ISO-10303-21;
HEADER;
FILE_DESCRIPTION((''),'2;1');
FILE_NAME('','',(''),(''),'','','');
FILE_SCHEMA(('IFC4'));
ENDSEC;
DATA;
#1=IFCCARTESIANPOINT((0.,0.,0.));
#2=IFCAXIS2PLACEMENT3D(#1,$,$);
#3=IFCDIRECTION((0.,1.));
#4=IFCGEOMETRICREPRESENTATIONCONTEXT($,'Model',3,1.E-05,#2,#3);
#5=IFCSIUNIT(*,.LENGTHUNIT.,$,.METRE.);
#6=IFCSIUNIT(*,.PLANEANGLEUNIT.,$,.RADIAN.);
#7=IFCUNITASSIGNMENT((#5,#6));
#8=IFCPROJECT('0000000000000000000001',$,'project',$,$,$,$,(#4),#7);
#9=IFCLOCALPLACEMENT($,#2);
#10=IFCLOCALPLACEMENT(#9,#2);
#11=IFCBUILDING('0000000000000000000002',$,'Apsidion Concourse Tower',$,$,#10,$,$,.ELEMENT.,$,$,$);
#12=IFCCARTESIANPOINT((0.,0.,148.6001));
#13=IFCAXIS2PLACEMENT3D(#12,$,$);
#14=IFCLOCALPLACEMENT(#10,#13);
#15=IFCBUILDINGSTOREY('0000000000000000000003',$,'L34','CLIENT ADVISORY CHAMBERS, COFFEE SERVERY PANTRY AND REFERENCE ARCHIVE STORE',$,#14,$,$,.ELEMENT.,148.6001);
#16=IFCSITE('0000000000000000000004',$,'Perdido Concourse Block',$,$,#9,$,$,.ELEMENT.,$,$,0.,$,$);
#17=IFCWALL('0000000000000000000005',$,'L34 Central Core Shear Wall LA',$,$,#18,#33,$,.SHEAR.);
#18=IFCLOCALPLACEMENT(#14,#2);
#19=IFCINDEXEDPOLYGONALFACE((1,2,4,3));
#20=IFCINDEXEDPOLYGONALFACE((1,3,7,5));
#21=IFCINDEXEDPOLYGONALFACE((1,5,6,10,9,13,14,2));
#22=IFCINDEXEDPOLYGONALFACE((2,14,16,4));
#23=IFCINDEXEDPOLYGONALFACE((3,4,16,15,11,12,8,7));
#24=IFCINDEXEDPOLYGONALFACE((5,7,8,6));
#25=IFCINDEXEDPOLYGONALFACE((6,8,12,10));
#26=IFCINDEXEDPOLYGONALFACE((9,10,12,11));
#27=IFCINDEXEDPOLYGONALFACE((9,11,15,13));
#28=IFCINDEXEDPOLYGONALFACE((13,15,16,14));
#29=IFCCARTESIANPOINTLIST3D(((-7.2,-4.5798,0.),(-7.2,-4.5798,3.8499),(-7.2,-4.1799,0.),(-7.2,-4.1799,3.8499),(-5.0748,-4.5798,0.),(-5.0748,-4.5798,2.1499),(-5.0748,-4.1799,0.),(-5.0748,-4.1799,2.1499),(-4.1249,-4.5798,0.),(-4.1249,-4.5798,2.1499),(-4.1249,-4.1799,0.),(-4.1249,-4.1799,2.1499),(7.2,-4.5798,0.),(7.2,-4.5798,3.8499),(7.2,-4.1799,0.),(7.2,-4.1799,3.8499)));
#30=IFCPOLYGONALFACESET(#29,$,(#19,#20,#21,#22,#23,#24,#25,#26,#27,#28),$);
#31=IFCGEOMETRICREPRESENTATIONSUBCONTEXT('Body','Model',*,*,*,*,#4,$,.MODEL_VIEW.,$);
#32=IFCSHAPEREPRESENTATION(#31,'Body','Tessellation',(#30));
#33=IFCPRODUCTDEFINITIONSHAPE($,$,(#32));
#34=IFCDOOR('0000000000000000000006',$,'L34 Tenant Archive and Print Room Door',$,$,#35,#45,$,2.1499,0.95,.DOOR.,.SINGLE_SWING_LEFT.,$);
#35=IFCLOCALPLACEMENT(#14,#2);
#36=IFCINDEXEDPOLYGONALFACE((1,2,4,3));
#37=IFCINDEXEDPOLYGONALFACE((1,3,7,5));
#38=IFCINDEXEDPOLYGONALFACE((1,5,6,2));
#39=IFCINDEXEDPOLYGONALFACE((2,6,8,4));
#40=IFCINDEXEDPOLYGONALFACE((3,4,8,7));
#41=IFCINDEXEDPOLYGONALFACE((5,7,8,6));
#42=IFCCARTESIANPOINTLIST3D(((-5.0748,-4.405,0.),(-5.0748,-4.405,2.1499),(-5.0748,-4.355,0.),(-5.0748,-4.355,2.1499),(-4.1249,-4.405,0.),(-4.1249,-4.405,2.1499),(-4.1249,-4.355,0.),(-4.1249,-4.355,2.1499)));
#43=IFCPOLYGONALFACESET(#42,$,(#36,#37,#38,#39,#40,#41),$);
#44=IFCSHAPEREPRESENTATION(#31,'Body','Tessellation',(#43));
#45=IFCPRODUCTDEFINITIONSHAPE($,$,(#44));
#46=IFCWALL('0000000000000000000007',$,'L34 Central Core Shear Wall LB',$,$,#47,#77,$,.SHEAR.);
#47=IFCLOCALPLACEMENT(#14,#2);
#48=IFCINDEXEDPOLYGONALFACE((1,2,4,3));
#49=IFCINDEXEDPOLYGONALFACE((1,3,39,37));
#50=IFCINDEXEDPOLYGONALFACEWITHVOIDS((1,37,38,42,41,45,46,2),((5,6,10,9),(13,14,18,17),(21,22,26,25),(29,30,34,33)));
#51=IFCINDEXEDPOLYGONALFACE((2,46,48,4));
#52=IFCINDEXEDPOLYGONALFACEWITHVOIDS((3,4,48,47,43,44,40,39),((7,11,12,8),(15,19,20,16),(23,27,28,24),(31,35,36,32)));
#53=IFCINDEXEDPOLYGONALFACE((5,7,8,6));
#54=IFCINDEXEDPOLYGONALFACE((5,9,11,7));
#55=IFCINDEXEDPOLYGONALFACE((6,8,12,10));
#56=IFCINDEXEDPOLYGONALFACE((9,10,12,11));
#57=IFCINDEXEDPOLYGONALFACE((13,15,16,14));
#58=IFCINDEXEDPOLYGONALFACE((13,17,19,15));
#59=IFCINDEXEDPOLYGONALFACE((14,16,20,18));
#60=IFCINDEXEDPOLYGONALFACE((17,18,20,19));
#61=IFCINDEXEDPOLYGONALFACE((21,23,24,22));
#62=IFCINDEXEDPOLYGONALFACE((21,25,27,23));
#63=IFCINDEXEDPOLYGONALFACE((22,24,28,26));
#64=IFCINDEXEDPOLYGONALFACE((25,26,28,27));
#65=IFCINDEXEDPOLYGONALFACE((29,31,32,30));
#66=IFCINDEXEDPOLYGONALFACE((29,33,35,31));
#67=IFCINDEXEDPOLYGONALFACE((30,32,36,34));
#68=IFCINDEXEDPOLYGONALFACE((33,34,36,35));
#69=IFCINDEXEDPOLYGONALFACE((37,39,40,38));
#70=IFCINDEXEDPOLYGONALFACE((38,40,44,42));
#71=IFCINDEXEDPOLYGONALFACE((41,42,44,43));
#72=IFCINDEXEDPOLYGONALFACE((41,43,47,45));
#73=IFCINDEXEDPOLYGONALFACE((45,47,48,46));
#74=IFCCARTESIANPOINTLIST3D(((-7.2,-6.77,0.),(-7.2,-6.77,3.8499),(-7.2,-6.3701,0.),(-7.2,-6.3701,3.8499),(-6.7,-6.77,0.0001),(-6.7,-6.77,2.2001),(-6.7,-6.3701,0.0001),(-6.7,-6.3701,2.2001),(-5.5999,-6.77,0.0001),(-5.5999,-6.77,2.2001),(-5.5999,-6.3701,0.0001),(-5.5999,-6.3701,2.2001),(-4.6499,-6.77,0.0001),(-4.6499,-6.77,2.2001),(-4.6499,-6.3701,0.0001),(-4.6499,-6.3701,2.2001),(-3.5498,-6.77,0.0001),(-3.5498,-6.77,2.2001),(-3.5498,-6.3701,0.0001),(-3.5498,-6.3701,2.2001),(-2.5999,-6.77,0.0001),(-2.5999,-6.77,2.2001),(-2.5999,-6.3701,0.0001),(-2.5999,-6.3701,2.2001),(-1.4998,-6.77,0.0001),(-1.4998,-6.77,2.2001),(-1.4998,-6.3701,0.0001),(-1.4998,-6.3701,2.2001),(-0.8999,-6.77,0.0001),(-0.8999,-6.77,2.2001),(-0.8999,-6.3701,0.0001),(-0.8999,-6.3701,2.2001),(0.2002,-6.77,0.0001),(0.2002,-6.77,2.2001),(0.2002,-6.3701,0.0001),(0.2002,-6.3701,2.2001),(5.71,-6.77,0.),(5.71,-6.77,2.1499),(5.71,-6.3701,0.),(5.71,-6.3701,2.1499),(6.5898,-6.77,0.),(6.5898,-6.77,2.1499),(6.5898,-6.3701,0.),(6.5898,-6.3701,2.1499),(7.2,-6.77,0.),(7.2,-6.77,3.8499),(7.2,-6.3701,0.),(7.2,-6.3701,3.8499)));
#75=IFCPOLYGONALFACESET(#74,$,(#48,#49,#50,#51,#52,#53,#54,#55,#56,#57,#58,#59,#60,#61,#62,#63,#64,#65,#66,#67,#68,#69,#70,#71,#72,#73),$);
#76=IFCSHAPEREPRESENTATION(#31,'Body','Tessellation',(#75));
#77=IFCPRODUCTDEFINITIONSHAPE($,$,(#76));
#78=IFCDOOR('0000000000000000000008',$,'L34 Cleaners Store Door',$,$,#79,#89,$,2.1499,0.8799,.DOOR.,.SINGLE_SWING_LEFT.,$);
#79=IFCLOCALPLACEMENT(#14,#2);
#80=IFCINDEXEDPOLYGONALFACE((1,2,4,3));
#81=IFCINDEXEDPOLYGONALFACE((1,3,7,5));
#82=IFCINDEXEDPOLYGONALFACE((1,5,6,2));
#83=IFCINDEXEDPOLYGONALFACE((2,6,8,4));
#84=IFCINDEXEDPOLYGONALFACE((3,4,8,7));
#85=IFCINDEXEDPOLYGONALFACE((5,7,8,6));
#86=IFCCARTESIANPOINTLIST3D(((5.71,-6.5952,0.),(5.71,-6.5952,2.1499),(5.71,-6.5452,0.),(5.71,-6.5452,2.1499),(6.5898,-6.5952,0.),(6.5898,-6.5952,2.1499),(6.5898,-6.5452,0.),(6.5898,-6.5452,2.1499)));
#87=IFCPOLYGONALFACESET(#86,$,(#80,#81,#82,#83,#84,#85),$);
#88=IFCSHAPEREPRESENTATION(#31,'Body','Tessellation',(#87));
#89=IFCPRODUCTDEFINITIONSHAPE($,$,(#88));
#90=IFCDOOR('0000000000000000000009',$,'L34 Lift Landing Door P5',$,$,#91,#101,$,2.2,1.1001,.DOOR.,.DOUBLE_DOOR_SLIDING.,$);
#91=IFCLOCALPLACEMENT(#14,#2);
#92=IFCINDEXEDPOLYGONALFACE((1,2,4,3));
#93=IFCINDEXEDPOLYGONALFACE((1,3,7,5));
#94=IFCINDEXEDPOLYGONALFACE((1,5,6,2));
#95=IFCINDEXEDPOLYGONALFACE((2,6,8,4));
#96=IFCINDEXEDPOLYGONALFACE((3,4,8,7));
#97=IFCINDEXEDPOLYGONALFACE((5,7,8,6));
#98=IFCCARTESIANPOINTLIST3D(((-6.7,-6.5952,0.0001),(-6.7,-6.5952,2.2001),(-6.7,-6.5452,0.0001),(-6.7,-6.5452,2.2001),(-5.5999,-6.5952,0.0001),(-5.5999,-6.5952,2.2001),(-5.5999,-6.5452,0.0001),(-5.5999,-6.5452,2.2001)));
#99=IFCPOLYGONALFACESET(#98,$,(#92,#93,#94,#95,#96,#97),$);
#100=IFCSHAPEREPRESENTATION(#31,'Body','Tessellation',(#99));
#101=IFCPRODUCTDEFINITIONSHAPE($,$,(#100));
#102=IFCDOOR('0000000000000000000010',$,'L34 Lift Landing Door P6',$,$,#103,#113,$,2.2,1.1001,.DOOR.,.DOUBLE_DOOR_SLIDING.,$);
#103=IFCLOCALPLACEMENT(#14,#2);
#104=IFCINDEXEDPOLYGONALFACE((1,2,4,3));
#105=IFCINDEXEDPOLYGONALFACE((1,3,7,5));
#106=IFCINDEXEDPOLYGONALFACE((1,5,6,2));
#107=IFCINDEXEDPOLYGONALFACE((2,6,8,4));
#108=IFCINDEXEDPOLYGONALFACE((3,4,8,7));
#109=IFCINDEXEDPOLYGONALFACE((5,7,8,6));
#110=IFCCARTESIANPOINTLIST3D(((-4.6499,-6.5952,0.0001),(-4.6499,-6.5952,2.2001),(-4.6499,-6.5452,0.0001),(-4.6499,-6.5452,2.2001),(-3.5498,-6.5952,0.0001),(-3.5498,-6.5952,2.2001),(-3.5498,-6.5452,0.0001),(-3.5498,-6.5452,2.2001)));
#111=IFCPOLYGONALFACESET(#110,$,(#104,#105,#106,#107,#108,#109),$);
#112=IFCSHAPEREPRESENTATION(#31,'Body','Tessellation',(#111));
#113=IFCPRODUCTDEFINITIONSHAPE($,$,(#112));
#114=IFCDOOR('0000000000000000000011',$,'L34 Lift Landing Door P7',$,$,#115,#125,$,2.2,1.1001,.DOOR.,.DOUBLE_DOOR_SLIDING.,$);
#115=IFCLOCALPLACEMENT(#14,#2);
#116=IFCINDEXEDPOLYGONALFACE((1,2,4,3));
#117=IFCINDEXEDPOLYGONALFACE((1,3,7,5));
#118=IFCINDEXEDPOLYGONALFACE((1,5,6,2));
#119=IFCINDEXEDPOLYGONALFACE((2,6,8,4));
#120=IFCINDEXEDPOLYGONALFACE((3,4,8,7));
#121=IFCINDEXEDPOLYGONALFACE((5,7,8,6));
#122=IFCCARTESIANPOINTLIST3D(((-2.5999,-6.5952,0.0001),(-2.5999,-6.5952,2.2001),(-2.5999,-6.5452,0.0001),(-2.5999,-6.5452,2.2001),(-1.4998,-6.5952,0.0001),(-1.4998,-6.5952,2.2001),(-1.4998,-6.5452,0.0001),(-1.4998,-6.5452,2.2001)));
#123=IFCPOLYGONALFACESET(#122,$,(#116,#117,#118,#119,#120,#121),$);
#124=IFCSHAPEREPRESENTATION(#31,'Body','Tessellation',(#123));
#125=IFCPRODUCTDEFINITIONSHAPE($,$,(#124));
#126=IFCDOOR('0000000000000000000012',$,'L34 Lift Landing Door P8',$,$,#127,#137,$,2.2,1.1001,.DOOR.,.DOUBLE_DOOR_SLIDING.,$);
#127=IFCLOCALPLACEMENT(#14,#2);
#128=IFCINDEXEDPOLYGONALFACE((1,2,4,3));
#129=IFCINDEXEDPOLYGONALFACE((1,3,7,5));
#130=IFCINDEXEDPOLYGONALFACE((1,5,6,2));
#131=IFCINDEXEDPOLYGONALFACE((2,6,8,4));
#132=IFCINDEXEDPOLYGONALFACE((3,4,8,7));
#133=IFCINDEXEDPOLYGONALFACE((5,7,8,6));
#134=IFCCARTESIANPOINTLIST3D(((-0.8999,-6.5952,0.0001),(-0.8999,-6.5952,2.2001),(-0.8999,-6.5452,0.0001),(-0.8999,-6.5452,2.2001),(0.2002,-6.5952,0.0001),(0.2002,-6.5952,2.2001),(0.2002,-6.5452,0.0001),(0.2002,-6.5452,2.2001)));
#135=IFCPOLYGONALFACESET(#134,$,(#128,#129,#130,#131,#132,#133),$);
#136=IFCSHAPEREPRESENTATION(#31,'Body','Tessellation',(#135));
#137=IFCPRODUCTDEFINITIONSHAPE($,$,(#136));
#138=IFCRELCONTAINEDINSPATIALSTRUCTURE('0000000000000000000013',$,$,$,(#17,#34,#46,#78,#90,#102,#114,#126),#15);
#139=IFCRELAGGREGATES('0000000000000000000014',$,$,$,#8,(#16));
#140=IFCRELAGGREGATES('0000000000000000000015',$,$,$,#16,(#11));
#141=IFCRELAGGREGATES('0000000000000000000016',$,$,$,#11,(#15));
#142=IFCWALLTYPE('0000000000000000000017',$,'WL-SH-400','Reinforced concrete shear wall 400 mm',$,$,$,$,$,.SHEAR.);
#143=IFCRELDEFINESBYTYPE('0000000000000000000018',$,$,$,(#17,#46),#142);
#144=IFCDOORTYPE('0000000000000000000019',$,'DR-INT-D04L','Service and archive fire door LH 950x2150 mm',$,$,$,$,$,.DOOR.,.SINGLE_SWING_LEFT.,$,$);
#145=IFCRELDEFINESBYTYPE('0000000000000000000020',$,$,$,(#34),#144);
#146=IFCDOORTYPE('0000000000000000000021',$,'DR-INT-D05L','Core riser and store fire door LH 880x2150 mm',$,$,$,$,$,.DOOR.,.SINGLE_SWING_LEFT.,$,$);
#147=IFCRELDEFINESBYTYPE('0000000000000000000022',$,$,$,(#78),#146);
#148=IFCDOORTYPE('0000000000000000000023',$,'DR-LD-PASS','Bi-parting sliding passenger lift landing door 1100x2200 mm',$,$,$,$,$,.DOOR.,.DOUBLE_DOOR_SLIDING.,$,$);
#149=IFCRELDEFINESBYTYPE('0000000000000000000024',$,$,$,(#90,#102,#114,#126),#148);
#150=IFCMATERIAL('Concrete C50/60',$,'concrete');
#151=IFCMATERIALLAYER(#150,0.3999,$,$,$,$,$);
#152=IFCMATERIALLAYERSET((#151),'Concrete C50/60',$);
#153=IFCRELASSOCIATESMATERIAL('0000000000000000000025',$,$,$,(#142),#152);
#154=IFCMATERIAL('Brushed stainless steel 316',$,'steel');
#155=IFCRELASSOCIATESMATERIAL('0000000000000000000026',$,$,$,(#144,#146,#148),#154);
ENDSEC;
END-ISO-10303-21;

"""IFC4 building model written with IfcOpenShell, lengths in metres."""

from ifc_helpers import new_model, si_unit, direction, frame, frame_2d, origin, place, context, subcontext, project, spatial, rectangle, extrude, material, layer, layer_set, type_object, element, fill, save


model = new_model("IFC4")

# Units and contexts
model_context = context("Model", 3, precision=1e-05, world=origin(), true_north=direction((0.0, 1.0)))
body_context = subcontext(model_context, "Body", "Model", "MODEL_VIEW")
ifc_project = project(units=[si_unit("LENGTHUNIT", "METRE"), si_unit("PLANEANGLEUNIT", "RADIAN")], contexts=[model_context])

# Site, building, storey
site_placement = place(None, origin())
site = spatial("IfcSite", under=ifc_project, at=site_placement, Name="Perdido Concourse Block", CompositionType="ELEMENT", RefElevation=0.0)
building_placement = place(site_placement, origin())
building = spatial("IfcBuilding", under=site, at=building_placement, Name="Apsidion Concourse Tower", CompositionType="ELEMENT")
storey_placement = place(building_placement, frame((0.0, 0.0, 148.6001)))
storey = spatial("IfcBuildingStorey", under=building, at=storey_placement, Name="L34", Description="CLIENT ADVISORY CHAMBERS, COFFEE SERVERY PANTRY AND REFERENCE ARCHIVE STORE", CompositionType="ELEMENT", Elevation=148.6001)

# Shared definitions
ifc_material_1 = material(Name="Concrete C50/60", Category="concrete")

# Shared definitions
ifc_material_2 = material(Name="Brushed stainless steel 316", Category="steel")

# Shared definitions
ifc_layer_1 = layer(ifc_material_1, 0.3999)
ifc_layer_set_1 = layer_set([ifc_layer_1], Name="Concrete C50/60")
wall_type_1 = type_object("IfcWallType", Name="WL-SH-400", Description="Reinforced concrete shear wall 400 mm", PredefinedType="SHEAR", material=ifc_layer_set_1)

# Wall, opening, door
wall_1_placement = place(storey_placement, frame((-7.2, -4.3799, 0.0), z_axis=(0.0, 0.0, 1.0), x_axis=(1.0, 0.0, 0.0)))
wall_1 = element("IfcWall", 1, at=wall_1_placement, inside=storey, type_object=wall_type_1, Name="L34 Central Core Shear Wall LA", PredefinedType="SHEAR", context=body_context, shape_type="SweptSolid", body=[
    extrude(rectangle(XDim=14.3999, YDim=0.3999, at=frame_2d((7.2, 0.0))), origin(), (0.0, 0.0, 1.0), 3.8499),
])
opening_1_placement = place(wall_1_placement, frame((2.125, 0.0, 0.0)))
opening_1 = element("IfcOpeningElement", 2, at=opening_1_placement, cuts=wall_1, PredefinedType="OPENING", context=body_context, shape_type="SweptSolid", body=[
    extrude(rectangle(XDim=0.95, YDim=2.1499, at=frame_2d((0.4751, 1.075))), frame((0.0, 0.21, 0.0), z_axis=(0.0, -1.0, 0.0), x_axis=(1.0, 0.0, 0.0)), (0.0, 0.0, 1.0), 0.4199),
])
door_type_1 = type_object("IfcDoorType", Name="DR-INT-D04L", Description="Service and archive fire door LH 950x2150 mm", OperationType="SINGLE_SWING_LEFT", PredefinedType="DOOR", material=ifc_material_2)
door_1_placement = place(opening_1_placement, origin())
door_1 = element("IfcDoor", 3, at=door_1_placement, inside=storey, type_object=door_type_1, Name="L34 Tenant Archive and Print Room Door", OperationType="SINGLE_SWING_LEFT", OverallHeight=2.1499, OverallWidth=0.95, PredefinedType="DOOR", context=body_context, shape_type="SweptSolid", body=[
    extrude(rectangle(XDim=0.95, YDim=2.1499, at=frame_2d((0.4751, 1.075))), frame((0.0, 0.0249, 0.0), z_axis=(0.0, -1.0, 0.0), x_axis=(1.0, 0.0, 0.0)), (0.0, 0.0, 1.0), 0.05),
])
fill(opening_1, door_1)

# Wall, openings, doors
wall_2_placement = place(storey_placement, frame((-7.2, -6.5701, 0.0), z_axis=(0.0, 0.0, 1.0), x_axis=(1.0, 0.0, 0.0)))
wall_2 = element("IfcWall", 4, at=wall_2_placement, inside=storey, type_object=wall_type_1, Name="L34 Central Core Shear Wall LB", PredefinedType="SHEAR", context=body_context, shape_type="SweptSolid", body=[
    extrude(rectangle(XDim=14.3999, YDim=0.3999, at=frame_2d((7.2, 0.0))), origin(), (0.0, 0.0, 1.0), 3.8499),
])
opening_2_placement = place(wall_2_placement, frame((0.5, 0.0, 0.0)))
opening_2 = element("IfcOpeningElement", 5, at=opening_2_placement, cuts=wall_2, PredefinedType="OPENING", context=body_context, shape_type="SweptSolid", body=[
    extrude(rectangle(XDim=1.1001, YDim=2.2, at=frame_2d((0.55, 1.1001))), frame((0.0, 0.21, 0.0), z_axis=(0.0, -1.0, 0.0), x_axis=(1.0, 0.0, 0.0)), (0.0, 0.0, 1.0), 0.4199),
])
opening_3_placement = place(wall_2_placement, frame((2.55, 0.0, 0.0)))
opening_3 = element("IfcOpeningElement", 6, at=opening_3_placement, cuts=wall_2, PredefinedType="OPENING", context=body_context, shape_type="SweptSolid", body=[
    extrude(rectangle(XDim=1.1001, YDim=2.2, at=frame_2d((0.55, 1.1001))), frame((0.0, 0.21, 0.0), z_axis=(0.0, -1.0, 0.0), x_axis=(1.0, 0.0, 0.0)), (0.0, 0.0, 1.0), 0.4199),
])
opening_4_placement = place(wall_2_placement, frame((4.6001, 0.0, 0.0)))
opening_4 = element("IfcOpeningElement", 7, at=opening_4_placement, cuts=wall_2, PredefinedType="OPENING", context=body_context, shape_type="SweptSolid", body=[
    extrude(rectangle(XDim=1.1001, YDim=2.2, at=frame_2d((0.55, 1.1001))), frame((0.0, 0.21, 0.0), z_axis=(0.0, -1.0, 0.0), x_axis=(1.0, 0.0, 0.0)), (0.0, 0.0, 1.0), 0.4199),
])
opening_5_placement = place(wall_2_placement, frame((6.3, 0.0, 0.0)))
opening_5 = element("IfcOpeningElement", 8, at=opening_5_placement, cuts=wall_2, PredefinedType="OPENING", context=body_context, shape_type="SweptSolid", body=[
    extrude(rectangle(XDim=1.1001, YDim=2.2, at=frame_2d((0.55, 1.1001))), frame((0.0, 0.21, 0.0), z_axis=(0.0, -1.0, 0.0), x_axis=(1.0, 0.0, 0.0)), (0.0, 0.0, 1.0), 0.4199),
])
opening_6_placement = place(wall_2_placement, frame((12.9099, 0.0, 0.0)))
opening_6 = element("IfcOpeningElement", 9, at=opening_6_placement, cuts=wall_2, PredefinedType="OPENING", context=body_context, shape_type="SweptSolid", body=[
    extrude(rectangle(XDim=0.8799, YDim=2.1499, at=frame_2d((0.4399, 1.075))), frame((0.0, 0.21, 0.0), z_axis=(0.0, -1.0, 0.0), x_axis=(1.0, 0.0, 0.0)), (0.0, 0.0, 1.0), 0.4199),
])
door_type_2 = type_object("IfcDoorType", Name="DR-INT-D05L", Description="Core riser and store fire door LH 880x2150 mm", OperationType="SINGLE_SWING_LEFT", PredefinedType="DOOR", material=ifc_material_2)
door_2_placement = place(opening_6_placement, origin())
door_2 = element("IfcDoor", 10, at=door_2_placement, inside=storey, type_object=door_type_2, Name="L34 Cleaners Store Door", OperationType="SINGLE_SWING_LEFT", OverallHeight=2.1499, OverallWidth=0.8799, PredefinedType="DOOR", context=body_context, shape_type="SweptSolid", body=[
    extrude(rectangle(XDim=0.8799, YDim=2.1499, at=frame_2d((0.4399, 1.075))), frame((0.0, 0.0249, 0.0), z_axis=(0.0, -1.0, 0.0), x_axis=(1.0, 0.0, 0.0)), (0.0, 0.0, 1.0), 0.05),
])
fill(opening_6, door_2)
door_type_3 = type_object("IfcDoorType", Name="DR-LD-PASS", Description="Bi-parting sliding passenger lift landing door 1100x2200 mm", OperationType="DOUBLE_DOOR_SLIDING", PredefinedType="DOOR", material=ifc_material_2)
door_3_placement = place(opening_2_placement, origin())
door_3 = element("IfcDoor", 11, at=door_3_placement, inside=storey, type_object=door_type_3, Name="L34 Lift Landing Door P5", OperationType="DOUBLE_DOOR_SLIDING", OverallHeight=2.2, OverallWidth=1.1001, PredefinedType="DOOR", context=body_context, shape_type="SweptSolid", body=[
    extrude(rectangle(XDim=1.1001, YDim=2.2, at=frame_2d((0.55, 1.1001))), frame((0.0, 0.0249, 0.0), z_axis=(0.0, -1.0, 0.0), x_axis=(1.0, 0.0, 0.0)), (0.0, 0.0, 1.0), 0.05),
])
fill(opening_2, door_3)
door_4_placement = place(opening_3_placement, origin())
door_4 = element("IfcDoor", 12, at=door_4_placement, inside=storey, type_object=door_type_3, Name="L34 Lift Landing Door P6", OperationType="DOUBLE_DOOR_SLIDING", OverallHeight=2.2, OverallWidth=1.1001, PredefinedType="DOOR", context=body_context, shape_type="SweptSolid", body=[
    extrude(rectangle(XDim=1.1001, YDim=2.2, at=frame_2d((0.55, 1.1001))), frame((0.0, 0.0249, 0.0), z_axis=(0.0, -1.0, 0.0), x_axis=(1.0, 0.0, 0.0)), (0.0, 0.0, 1.0), 0.05),
])
fill(opening_3, door_4)
door_5_placement = place(opening_4_placement, origin())
door_5 = element("IfcDoor", 13, at=door_5_placement, inside=storey, type_object=door_type_3, Name="L34 Lift Landing Door P7", OperationType="DOUBLE_DOOR_SLIDING", OverallHeight=2.2, OverallWidth=1.1001, PredefinedType="DOOR", context=body_context, shape_type="SweptSolid", body=[
    extrude(rectangle(XDim=1.1001, YDim=2.2, at=frame_2d((0.55, 1.1001))), frame((0.0, 0.0249, 0.0), z_axis=(0.0, -1.0, 0.0), x_axis=(1.0, 0.0, 0.0)), (0.0, 0.0, 1.0), 0.05),
])
fill(opening_4, door_5)
door_6_placement = place(opening_5_placement, origin())
door_6 = element("IfcDoor", 14, at=door_6_placement, inside=storey, type_object=door_type_3, Name="L34 Lift Landing Door P8", OperationType="DOUBLE_DOOR_SLIDING", OverallHeight=2.2, OverallWidth=1.1001, PredefinedType="DOOR", context=body_context, shape_type="SweptSolid", body=[
    extrude(rectangle(XDim=1.1001, YDim=2.2, at=frame_2d((0.55, 1.1001))), frame((0.0, 0.0249, 0.0), z_axis=(0.0, -1.0, 0.0), x_axis=(1.0, 0.0, 0.0)), (0.0, 0.0, 1.0), 0.05),
])
fill(opening_5, door_6)

save(model, "model.ifc")
